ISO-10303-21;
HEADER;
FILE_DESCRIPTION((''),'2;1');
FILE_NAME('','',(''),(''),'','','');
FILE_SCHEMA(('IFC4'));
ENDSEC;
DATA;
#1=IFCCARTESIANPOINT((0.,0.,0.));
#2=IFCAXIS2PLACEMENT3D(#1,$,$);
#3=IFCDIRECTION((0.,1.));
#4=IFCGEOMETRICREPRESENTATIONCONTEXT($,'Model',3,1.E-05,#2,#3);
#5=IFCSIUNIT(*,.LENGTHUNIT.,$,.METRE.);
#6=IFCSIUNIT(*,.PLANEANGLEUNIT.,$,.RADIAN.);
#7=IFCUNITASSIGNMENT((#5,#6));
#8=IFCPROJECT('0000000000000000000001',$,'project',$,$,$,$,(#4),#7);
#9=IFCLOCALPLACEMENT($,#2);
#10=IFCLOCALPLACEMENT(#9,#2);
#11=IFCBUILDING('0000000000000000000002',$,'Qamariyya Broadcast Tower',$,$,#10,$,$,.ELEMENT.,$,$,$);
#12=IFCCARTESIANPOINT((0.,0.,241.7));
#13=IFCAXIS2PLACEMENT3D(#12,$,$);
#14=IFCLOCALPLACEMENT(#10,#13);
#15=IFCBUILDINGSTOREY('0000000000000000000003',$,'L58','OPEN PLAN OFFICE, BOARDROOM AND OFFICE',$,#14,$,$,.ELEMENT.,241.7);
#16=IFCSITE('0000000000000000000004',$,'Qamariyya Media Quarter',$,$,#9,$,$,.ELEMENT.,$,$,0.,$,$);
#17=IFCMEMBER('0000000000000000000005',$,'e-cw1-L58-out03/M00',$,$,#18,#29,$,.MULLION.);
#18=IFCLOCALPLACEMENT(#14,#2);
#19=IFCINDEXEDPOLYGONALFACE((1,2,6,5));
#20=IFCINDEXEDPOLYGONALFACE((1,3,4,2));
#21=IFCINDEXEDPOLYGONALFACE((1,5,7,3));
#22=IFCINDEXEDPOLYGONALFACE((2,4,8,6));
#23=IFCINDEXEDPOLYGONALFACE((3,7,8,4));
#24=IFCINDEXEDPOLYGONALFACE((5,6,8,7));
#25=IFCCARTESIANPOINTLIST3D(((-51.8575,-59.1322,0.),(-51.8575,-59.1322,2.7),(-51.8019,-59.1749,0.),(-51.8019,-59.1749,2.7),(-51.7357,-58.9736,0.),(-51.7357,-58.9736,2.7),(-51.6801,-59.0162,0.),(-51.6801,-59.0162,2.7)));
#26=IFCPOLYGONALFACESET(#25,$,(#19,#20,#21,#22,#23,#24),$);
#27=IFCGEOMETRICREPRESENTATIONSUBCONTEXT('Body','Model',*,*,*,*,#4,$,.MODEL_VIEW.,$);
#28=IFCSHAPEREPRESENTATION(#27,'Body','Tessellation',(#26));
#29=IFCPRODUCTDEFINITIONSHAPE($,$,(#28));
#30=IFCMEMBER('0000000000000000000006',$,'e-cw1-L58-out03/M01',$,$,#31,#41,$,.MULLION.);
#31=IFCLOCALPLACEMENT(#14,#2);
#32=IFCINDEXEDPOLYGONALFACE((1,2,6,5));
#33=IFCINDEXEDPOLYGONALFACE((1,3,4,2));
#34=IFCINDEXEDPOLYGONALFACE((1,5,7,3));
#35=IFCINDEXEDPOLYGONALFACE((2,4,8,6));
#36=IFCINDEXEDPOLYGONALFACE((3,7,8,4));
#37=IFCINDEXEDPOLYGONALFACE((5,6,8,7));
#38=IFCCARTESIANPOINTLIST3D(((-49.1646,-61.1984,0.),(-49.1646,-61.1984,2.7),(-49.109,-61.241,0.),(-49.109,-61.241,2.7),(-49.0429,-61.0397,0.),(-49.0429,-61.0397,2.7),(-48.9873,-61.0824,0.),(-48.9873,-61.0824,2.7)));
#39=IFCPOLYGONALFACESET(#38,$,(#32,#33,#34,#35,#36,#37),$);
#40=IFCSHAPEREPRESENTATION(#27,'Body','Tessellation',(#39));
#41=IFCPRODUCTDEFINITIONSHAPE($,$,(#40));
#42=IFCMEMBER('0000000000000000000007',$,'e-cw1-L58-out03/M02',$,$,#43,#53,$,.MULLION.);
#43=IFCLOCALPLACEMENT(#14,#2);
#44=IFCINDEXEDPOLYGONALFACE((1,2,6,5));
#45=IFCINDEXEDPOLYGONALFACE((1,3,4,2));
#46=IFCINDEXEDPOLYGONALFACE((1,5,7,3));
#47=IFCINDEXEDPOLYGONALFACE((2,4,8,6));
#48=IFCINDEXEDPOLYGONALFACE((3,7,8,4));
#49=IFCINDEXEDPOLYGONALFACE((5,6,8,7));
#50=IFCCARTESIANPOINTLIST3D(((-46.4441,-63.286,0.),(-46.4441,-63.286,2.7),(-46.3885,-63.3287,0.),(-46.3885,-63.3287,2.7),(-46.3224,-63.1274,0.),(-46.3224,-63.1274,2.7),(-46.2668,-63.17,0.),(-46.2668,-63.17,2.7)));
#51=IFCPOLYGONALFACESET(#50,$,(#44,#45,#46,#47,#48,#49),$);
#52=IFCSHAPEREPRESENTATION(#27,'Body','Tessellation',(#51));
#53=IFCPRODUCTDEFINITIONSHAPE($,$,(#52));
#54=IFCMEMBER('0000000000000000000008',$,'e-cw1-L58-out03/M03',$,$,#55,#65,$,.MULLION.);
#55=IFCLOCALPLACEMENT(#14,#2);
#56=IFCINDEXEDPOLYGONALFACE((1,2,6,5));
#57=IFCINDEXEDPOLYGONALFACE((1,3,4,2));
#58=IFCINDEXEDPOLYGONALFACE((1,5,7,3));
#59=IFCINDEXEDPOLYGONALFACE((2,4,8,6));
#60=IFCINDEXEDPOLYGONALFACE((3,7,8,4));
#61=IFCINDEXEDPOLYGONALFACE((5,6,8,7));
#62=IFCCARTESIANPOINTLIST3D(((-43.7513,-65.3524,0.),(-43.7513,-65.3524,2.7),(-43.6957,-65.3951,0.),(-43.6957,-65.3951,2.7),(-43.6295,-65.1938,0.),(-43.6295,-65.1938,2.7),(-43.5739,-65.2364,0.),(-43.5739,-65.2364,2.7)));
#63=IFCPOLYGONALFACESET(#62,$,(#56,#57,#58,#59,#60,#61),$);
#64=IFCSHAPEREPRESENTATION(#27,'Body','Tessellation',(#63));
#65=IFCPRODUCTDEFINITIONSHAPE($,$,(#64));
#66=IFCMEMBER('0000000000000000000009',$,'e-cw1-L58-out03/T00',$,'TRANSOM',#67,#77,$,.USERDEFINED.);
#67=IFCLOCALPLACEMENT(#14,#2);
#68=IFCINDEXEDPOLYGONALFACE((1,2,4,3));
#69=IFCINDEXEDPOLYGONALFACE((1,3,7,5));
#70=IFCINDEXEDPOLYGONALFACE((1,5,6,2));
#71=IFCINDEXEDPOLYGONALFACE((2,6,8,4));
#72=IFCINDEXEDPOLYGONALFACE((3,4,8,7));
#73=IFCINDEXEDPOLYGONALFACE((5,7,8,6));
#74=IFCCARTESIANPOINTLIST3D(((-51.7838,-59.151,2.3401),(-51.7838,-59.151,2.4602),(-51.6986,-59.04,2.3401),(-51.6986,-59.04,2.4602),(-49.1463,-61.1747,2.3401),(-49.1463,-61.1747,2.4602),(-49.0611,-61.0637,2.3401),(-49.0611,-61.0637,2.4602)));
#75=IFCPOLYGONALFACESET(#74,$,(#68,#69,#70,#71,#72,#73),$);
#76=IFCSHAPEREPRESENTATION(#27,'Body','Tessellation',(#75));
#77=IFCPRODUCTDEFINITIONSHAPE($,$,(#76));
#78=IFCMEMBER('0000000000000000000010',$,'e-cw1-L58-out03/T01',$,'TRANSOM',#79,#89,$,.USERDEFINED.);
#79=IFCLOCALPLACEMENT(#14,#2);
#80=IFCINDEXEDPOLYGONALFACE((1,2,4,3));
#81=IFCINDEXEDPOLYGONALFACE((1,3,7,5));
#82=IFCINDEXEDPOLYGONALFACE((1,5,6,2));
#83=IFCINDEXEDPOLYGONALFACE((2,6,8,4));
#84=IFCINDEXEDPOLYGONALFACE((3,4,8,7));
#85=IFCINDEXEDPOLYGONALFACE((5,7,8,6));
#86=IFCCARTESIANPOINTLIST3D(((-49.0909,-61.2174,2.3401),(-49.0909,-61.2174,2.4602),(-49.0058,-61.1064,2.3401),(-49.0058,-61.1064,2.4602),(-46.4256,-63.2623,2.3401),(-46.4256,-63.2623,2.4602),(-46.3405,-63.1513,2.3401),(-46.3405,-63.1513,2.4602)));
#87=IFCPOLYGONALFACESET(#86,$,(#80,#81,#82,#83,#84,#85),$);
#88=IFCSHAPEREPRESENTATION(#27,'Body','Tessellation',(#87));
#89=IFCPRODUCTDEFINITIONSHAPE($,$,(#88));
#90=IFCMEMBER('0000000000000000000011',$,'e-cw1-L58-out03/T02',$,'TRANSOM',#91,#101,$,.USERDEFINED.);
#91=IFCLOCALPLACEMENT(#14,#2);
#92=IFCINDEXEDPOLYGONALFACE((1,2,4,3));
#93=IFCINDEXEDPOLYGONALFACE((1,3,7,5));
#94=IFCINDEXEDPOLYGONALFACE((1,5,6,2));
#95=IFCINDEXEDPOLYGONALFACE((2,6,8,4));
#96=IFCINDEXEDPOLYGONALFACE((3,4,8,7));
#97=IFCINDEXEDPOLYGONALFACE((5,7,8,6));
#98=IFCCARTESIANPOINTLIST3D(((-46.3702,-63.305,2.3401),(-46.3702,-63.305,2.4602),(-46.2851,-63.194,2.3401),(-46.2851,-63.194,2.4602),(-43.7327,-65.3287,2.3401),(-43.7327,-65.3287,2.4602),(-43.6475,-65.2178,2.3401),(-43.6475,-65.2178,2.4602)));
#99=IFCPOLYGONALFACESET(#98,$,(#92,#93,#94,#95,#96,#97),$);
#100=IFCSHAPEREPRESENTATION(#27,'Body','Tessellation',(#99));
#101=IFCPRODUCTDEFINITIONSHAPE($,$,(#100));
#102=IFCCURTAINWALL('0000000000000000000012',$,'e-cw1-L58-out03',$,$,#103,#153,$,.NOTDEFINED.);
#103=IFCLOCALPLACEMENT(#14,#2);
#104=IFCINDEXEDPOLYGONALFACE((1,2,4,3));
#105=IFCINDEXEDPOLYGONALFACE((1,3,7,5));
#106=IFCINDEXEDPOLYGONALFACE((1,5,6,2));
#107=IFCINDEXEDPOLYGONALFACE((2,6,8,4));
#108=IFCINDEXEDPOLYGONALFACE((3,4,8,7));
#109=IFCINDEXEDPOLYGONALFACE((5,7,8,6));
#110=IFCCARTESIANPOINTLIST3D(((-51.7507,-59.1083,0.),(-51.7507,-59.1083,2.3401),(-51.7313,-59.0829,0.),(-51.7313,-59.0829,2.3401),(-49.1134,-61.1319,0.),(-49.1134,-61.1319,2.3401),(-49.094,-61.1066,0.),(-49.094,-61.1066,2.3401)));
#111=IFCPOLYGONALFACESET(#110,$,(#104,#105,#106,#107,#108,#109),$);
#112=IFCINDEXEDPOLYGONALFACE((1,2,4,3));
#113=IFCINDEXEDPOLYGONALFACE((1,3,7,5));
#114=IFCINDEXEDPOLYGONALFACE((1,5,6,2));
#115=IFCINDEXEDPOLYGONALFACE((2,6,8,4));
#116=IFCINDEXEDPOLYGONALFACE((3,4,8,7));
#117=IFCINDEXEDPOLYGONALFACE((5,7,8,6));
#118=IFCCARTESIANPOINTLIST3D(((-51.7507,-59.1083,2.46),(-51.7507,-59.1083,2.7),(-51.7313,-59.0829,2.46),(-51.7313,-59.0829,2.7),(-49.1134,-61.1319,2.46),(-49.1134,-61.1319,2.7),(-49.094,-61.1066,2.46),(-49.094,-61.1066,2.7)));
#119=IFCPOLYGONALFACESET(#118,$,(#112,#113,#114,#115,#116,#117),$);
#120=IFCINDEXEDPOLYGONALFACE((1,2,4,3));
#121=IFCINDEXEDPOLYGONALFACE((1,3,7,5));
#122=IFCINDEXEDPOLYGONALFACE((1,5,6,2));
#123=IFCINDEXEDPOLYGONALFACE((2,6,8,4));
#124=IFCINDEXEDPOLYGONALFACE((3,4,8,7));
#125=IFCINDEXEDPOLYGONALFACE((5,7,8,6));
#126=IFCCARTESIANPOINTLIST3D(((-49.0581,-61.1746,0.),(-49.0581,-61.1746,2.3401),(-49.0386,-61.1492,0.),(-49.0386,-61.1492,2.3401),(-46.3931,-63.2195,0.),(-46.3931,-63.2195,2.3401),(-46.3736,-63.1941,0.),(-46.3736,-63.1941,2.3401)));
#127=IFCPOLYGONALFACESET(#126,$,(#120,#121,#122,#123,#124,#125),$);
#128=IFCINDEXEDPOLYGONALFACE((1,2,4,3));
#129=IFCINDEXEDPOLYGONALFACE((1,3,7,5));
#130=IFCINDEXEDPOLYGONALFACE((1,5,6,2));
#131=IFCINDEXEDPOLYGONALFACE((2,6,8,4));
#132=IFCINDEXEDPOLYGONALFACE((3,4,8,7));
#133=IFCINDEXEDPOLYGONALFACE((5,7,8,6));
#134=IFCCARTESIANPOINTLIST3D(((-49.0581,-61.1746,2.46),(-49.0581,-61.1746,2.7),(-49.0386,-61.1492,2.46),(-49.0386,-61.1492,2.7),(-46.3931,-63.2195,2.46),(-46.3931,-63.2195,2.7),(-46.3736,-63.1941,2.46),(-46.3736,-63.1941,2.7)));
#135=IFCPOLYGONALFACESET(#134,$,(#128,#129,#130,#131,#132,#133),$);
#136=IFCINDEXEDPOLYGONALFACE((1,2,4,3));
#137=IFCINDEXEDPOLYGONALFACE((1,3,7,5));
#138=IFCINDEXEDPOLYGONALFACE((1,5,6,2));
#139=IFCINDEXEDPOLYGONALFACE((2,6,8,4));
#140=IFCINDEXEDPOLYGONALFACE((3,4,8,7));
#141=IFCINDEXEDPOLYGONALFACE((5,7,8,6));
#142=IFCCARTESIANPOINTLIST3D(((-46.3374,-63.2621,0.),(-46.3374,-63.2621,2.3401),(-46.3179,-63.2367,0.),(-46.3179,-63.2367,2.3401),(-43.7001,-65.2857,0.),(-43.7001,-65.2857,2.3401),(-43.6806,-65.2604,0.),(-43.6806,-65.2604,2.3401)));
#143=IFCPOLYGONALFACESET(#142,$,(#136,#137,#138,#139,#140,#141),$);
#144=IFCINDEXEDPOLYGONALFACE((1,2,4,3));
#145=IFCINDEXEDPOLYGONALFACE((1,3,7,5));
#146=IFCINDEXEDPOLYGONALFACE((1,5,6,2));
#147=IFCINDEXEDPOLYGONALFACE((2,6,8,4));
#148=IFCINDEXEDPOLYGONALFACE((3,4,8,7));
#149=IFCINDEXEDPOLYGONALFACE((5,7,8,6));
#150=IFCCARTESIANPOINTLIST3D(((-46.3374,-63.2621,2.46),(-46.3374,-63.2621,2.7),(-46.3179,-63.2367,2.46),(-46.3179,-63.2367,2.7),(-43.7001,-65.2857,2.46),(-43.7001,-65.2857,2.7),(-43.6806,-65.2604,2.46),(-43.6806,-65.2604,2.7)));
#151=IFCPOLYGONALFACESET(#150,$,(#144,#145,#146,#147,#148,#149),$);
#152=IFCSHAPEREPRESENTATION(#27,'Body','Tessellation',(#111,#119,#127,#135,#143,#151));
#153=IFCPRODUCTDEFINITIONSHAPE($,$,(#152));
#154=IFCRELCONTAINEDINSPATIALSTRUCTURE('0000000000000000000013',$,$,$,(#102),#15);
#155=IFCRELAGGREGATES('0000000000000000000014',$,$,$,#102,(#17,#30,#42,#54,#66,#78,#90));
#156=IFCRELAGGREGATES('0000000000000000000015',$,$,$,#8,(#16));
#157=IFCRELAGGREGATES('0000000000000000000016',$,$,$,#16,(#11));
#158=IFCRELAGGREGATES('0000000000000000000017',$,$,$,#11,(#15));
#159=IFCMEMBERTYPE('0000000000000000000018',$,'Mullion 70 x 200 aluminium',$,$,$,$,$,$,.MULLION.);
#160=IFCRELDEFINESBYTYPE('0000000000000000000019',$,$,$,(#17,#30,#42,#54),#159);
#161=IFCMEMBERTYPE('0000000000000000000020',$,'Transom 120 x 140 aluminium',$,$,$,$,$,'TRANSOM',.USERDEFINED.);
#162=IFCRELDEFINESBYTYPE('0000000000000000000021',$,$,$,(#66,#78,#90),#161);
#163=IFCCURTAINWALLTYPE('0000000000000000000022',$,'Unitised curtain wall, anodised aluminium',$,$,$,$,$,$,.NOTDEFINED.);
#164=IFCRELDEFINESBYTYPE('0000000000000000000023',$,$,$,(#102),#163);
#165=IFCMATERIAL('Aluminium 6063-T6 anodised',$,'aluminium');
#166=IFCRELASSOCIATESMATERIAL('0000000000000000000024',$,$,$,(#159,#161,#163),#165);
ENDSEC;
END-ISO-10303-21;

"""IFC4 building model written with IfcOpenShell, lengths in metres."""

from ifc_helpers import new_model, si_unit, direction, frame, origin, origin_2d, place, context, subcontext, project, spatial, rectangle, extrude, material, material_profile, profile_set, type_object, element, aggregate, save


model = new_model("IFC4")

# Units and contexts
model_context = context("Model", 3, precision=1e-05, world=origin(), true_north=direction((0.0, 1.0)))
body_context = subcontext(model_context, "Body", "Model", "MODEL_VIEW")
ifc_project = project(units=[si_unit("LENGTHUNIT", "METRE"), si_unit("PLANEANGLEUNIT", "RADIAN")], contexts=[model_context])

# Members
ifc_material = material(Name="Aluminium 6063-T6 anodised", Category="aluminium")
ifc_material_profile_1 = material_profile(ifc_material, rectangle(XDim=0.2, YDim=0.0701, at=origin_2d()))
ifc_profile_set_1 = profile_set([ifc_material_profile_1], Name="Aluminium 6063-T6 anodised")
member_type_1 = type_object("IfcMemberType", Name="Mullion 70 x 200 aluminium", PredefinedType="MULLION", material=ifc_profile_set_1)
site_placement = place(None, origin())
building_placement = place(site_placement, origin())
storey_placement = place(building_placement, frame((0.0, 0.0, 241.7)))
member_1_placement = place(storey_placement, frame((-51.7688, -59.0742, 0.0), z_axis=(0.0, 0.0, 1.0), x_axis=(0.608761, 0.793353, 0.0)))
member_1 = element("IfcMember", 1, at=member_1_placement, type_object=member_type_1, Name="e-cw1-L58-out03/M00", PredefinedType="MULLION", context=body_context, shape_type="SweptSolid", body=[
    extrude(rectangle(XDim=0.2, YDim=0.0701, at=origin_2d()), origin(), (0.0, 0.0, 1.0), 2.7),
])
member_2_placement = place(storey_placement, frame((-49.0759, -61.1404, 0.0), z_axis=(0.0, 0.0, 1.0), x_axis=(0.608761, 0.793353, 0.0)))
member_2 = element("IfcMember", 2, at=member_2_placement, type_object=member_type_1, Name="e-cw1-L58-out03/M01", PredefinedType="MULLION", context=body_context, shape_type="SweptSolid", body=[
    extrude(rectangle(XDim=0.2, YDim=0.0701, at=origin_2d()), origin(), (0.0, 0.0, 1.0), 2.7),
])
member_3_placement = place(storey_placement, frame((-46.3555, -63.228, 0.0), z_axis=(0.0, 0.0, 1.0), x_axis=(0.608761, 0.793353, 0.0)))
member_3 = element("IfcMember", 3, at=member_3_placement, type_object=member_type_1, Name="e-cw1-L58-out03/M02", PredefinedType="MULLION", context=body_context, shape_type="SweptSolid", body=[
    extrude(rectangle(XDim=0.2, YDim=0.0701, at=origin_2d()), origin(), (0.0, 0.0, 1.0), 2.7),
])
member_4_placement = place(storey_placement, frame((-43.6626, -65.2944, 0.0), z_axis=(0.0, 0.0, 1.0), x_axis=(0.608761, 0.793353, 0.0)))
member_4 = element("IfcMember", 4, at=member_4_placement, type_object=member_type_1, Name="e-cw1-L58-out03/M03", PredefinedType="MULLION", context=body_context, shape_type="SweptSolid", body=[
    extrude(rectangle(XDim=0.2, YDim=0.0701, at=origin_2d()), origin(), (0.0, 0.0, 1.0), 2.7),
])
ifc_material_profile_2 = material_profile(ifc_material, rectangle(XDim=0.1399, YDim=0.1201, at=origin_2d()))
ifc_profile_set_2 = profile_set([ifc_material_profile_2], Name="Aluminium 6063-T6 anodised")
member_type_2 = type_object("IfcMemberType", Name="Transom 120 x 140 aluminium", ElementType="TRANSOM", PredefinedType="USERDEFINED", material=ifc_profile_set_2)
member_5_placement = place(storey_placement, frame((-51.7412, -59.0955, 2.4001), z_axis=(0.793369, -0.608741, 0.0), x_axis=(0.608741, 0.793369, 0.0)))
member_5 = element("IfcMember", 5, at=member_5_placement, type_object=member_type_2, Name="e-cw1-L58-out03/T00", ObjectType="TRANSOM", PredefinedType="USERDEFINED", context=body_context, shape_type="SweptSolid", body=[
    extrude(rectangle(XDim=0.1399, YDim=0.1201, at=origin_2d()), origin(), (0.0, 0.0, 1.0), 3.3245),
])
member_6_placement = place(storey_placement, frame((-49.0483, -61.1619, 2.4001), z_axis=(0.793385, -0.60872, 0.0), x_axis=(0.60872, 0.793385, 0.0)))
member_6 = element("IfcMember", 6, at=member_6_placement, type_object=member_type_2, Name="e-cw1-L58-out03/T01", ObjectType="TRANSOM", PredefinedType="USERDEFINED", context=body_context, shape_type="SweptSolid", body=[
    extrude(rectangle(XDim=0.1399, YDim=0.1201, at=origin_2d()), origin(), (0.0, 0.0, 1.0), 3.3594),
])
member_7_placement = place(storey_placement, frame((-46.3276, -63.2495, 2.4001), z_axis=(0.793369, -0.608741, 0.0), x_axis=(0.608741, 0.793369, 0.0)))
member_7 = element("IfcMember", 7, at=member_7_placement, type_object=member_type_2, Name="e-cw1-L58-out03/T02", ObjectType="TRANSOM", PredefinedType="USERDEFINED", context=body_context, shape_type="SweptSolid", body=[
    extrude(rectangle(XDim=0.1399, YDim=0.1201, at=origin_2d()), origin(), (0.0, 0.0, 1.0), 3.3245),
])

# Site, building, storey
site = spatial("IfcSite", under=ifc_project, at=site_placement, Name="Qamariyya Media Quarter", CompositionType="ELEMENT", RefElevation=0.0)
building = spatial("IfcBuilding", under=site, at=building_placement, Name="Qamariyya Broadcast Tower", CompositionType="ELEMENT")
storey = spatial("IfcBuildingStorey", under=building, at=storey_placement, Name="L58", Description="OPEN PLAN OFFICE, BOARDROOM AND OFFICE", CompositionType="ELEMENT", Elevation=241.7)

# Curtain wall
curtain_wall_type = type_object("IfcCurtainWallType", Name="Unitised curtain wall, anodised aluminium", PredefinedType="NOTDEFINED", material=ifc_material)
curtain_wall_1_placement = place(storey_placement, origin())
curtain_wall_1 = element("IfcCurtainWall", 8, at=curtain_wall_1_placement, inside=storey, type_object=curtain_wall_type, Name="e-cw1-L58-out03", PredefinedType="NOTDEFINED", context=body_context, shape_type="SweptSolid", body=[
    extrude(rectangle(XDim=3.3242, YDim=0.032, at=origin_2d()), frame((-50.4224, -60.1074, 0.0), x_axis=(0.793359, -0.608754, 0.0)), (0.0, 0.0, 1.0), 2.3401),
    extrude(rectangle(XDim=3.3242, YDim=0.032, at=origin_2d()), frame((-50.4224, -60.1074, 2.46), x_axis=(0.793359, -0.608754, 0.0)), (0.0, 0.0, 1.0), 0.24),
    extrude(rectangle(XDim=3.3591, YDim=0.032, at=origin_2d()), frame((-47.7158, -62.1843, 0.0), x_axis=(0.793359, -0.608754, 0.0)), (0.0, 0.0, 1.0), 2.3401),
    extrude(rectangle(XDim=3.3591, YDim=0.032, at=origin_2d()), frame((-47.7158, -62.1843, 2.46), x_axis=(0.793359, -0.608754, 0.0)), (0.0, 0.0, 1.0), 0.24),
    extrude(rectangle(XDim=3.3242, YDim=0.032, at=origin_2d()), frame((-45.009, -64.2612, 0.0), x_axis=(0.793359, -0.608754, 0.0)), (0.0, 0.0, 1.0), 2.3401),
    extrude(rectangle(XDim=3.3242, YDim=0.032, at=origin_2d()), frame((-45.009, -64.2612, 2.46), x_axis=(0.793359, -0.608754, 0.0)), (0.0, 0.0, 1.0), 0.24),
])
aggregate(curtain_wall_1, [member_1, member_2, member_3, member_4, member_5, member_6, member_7])

save(model, "model.ifc")
